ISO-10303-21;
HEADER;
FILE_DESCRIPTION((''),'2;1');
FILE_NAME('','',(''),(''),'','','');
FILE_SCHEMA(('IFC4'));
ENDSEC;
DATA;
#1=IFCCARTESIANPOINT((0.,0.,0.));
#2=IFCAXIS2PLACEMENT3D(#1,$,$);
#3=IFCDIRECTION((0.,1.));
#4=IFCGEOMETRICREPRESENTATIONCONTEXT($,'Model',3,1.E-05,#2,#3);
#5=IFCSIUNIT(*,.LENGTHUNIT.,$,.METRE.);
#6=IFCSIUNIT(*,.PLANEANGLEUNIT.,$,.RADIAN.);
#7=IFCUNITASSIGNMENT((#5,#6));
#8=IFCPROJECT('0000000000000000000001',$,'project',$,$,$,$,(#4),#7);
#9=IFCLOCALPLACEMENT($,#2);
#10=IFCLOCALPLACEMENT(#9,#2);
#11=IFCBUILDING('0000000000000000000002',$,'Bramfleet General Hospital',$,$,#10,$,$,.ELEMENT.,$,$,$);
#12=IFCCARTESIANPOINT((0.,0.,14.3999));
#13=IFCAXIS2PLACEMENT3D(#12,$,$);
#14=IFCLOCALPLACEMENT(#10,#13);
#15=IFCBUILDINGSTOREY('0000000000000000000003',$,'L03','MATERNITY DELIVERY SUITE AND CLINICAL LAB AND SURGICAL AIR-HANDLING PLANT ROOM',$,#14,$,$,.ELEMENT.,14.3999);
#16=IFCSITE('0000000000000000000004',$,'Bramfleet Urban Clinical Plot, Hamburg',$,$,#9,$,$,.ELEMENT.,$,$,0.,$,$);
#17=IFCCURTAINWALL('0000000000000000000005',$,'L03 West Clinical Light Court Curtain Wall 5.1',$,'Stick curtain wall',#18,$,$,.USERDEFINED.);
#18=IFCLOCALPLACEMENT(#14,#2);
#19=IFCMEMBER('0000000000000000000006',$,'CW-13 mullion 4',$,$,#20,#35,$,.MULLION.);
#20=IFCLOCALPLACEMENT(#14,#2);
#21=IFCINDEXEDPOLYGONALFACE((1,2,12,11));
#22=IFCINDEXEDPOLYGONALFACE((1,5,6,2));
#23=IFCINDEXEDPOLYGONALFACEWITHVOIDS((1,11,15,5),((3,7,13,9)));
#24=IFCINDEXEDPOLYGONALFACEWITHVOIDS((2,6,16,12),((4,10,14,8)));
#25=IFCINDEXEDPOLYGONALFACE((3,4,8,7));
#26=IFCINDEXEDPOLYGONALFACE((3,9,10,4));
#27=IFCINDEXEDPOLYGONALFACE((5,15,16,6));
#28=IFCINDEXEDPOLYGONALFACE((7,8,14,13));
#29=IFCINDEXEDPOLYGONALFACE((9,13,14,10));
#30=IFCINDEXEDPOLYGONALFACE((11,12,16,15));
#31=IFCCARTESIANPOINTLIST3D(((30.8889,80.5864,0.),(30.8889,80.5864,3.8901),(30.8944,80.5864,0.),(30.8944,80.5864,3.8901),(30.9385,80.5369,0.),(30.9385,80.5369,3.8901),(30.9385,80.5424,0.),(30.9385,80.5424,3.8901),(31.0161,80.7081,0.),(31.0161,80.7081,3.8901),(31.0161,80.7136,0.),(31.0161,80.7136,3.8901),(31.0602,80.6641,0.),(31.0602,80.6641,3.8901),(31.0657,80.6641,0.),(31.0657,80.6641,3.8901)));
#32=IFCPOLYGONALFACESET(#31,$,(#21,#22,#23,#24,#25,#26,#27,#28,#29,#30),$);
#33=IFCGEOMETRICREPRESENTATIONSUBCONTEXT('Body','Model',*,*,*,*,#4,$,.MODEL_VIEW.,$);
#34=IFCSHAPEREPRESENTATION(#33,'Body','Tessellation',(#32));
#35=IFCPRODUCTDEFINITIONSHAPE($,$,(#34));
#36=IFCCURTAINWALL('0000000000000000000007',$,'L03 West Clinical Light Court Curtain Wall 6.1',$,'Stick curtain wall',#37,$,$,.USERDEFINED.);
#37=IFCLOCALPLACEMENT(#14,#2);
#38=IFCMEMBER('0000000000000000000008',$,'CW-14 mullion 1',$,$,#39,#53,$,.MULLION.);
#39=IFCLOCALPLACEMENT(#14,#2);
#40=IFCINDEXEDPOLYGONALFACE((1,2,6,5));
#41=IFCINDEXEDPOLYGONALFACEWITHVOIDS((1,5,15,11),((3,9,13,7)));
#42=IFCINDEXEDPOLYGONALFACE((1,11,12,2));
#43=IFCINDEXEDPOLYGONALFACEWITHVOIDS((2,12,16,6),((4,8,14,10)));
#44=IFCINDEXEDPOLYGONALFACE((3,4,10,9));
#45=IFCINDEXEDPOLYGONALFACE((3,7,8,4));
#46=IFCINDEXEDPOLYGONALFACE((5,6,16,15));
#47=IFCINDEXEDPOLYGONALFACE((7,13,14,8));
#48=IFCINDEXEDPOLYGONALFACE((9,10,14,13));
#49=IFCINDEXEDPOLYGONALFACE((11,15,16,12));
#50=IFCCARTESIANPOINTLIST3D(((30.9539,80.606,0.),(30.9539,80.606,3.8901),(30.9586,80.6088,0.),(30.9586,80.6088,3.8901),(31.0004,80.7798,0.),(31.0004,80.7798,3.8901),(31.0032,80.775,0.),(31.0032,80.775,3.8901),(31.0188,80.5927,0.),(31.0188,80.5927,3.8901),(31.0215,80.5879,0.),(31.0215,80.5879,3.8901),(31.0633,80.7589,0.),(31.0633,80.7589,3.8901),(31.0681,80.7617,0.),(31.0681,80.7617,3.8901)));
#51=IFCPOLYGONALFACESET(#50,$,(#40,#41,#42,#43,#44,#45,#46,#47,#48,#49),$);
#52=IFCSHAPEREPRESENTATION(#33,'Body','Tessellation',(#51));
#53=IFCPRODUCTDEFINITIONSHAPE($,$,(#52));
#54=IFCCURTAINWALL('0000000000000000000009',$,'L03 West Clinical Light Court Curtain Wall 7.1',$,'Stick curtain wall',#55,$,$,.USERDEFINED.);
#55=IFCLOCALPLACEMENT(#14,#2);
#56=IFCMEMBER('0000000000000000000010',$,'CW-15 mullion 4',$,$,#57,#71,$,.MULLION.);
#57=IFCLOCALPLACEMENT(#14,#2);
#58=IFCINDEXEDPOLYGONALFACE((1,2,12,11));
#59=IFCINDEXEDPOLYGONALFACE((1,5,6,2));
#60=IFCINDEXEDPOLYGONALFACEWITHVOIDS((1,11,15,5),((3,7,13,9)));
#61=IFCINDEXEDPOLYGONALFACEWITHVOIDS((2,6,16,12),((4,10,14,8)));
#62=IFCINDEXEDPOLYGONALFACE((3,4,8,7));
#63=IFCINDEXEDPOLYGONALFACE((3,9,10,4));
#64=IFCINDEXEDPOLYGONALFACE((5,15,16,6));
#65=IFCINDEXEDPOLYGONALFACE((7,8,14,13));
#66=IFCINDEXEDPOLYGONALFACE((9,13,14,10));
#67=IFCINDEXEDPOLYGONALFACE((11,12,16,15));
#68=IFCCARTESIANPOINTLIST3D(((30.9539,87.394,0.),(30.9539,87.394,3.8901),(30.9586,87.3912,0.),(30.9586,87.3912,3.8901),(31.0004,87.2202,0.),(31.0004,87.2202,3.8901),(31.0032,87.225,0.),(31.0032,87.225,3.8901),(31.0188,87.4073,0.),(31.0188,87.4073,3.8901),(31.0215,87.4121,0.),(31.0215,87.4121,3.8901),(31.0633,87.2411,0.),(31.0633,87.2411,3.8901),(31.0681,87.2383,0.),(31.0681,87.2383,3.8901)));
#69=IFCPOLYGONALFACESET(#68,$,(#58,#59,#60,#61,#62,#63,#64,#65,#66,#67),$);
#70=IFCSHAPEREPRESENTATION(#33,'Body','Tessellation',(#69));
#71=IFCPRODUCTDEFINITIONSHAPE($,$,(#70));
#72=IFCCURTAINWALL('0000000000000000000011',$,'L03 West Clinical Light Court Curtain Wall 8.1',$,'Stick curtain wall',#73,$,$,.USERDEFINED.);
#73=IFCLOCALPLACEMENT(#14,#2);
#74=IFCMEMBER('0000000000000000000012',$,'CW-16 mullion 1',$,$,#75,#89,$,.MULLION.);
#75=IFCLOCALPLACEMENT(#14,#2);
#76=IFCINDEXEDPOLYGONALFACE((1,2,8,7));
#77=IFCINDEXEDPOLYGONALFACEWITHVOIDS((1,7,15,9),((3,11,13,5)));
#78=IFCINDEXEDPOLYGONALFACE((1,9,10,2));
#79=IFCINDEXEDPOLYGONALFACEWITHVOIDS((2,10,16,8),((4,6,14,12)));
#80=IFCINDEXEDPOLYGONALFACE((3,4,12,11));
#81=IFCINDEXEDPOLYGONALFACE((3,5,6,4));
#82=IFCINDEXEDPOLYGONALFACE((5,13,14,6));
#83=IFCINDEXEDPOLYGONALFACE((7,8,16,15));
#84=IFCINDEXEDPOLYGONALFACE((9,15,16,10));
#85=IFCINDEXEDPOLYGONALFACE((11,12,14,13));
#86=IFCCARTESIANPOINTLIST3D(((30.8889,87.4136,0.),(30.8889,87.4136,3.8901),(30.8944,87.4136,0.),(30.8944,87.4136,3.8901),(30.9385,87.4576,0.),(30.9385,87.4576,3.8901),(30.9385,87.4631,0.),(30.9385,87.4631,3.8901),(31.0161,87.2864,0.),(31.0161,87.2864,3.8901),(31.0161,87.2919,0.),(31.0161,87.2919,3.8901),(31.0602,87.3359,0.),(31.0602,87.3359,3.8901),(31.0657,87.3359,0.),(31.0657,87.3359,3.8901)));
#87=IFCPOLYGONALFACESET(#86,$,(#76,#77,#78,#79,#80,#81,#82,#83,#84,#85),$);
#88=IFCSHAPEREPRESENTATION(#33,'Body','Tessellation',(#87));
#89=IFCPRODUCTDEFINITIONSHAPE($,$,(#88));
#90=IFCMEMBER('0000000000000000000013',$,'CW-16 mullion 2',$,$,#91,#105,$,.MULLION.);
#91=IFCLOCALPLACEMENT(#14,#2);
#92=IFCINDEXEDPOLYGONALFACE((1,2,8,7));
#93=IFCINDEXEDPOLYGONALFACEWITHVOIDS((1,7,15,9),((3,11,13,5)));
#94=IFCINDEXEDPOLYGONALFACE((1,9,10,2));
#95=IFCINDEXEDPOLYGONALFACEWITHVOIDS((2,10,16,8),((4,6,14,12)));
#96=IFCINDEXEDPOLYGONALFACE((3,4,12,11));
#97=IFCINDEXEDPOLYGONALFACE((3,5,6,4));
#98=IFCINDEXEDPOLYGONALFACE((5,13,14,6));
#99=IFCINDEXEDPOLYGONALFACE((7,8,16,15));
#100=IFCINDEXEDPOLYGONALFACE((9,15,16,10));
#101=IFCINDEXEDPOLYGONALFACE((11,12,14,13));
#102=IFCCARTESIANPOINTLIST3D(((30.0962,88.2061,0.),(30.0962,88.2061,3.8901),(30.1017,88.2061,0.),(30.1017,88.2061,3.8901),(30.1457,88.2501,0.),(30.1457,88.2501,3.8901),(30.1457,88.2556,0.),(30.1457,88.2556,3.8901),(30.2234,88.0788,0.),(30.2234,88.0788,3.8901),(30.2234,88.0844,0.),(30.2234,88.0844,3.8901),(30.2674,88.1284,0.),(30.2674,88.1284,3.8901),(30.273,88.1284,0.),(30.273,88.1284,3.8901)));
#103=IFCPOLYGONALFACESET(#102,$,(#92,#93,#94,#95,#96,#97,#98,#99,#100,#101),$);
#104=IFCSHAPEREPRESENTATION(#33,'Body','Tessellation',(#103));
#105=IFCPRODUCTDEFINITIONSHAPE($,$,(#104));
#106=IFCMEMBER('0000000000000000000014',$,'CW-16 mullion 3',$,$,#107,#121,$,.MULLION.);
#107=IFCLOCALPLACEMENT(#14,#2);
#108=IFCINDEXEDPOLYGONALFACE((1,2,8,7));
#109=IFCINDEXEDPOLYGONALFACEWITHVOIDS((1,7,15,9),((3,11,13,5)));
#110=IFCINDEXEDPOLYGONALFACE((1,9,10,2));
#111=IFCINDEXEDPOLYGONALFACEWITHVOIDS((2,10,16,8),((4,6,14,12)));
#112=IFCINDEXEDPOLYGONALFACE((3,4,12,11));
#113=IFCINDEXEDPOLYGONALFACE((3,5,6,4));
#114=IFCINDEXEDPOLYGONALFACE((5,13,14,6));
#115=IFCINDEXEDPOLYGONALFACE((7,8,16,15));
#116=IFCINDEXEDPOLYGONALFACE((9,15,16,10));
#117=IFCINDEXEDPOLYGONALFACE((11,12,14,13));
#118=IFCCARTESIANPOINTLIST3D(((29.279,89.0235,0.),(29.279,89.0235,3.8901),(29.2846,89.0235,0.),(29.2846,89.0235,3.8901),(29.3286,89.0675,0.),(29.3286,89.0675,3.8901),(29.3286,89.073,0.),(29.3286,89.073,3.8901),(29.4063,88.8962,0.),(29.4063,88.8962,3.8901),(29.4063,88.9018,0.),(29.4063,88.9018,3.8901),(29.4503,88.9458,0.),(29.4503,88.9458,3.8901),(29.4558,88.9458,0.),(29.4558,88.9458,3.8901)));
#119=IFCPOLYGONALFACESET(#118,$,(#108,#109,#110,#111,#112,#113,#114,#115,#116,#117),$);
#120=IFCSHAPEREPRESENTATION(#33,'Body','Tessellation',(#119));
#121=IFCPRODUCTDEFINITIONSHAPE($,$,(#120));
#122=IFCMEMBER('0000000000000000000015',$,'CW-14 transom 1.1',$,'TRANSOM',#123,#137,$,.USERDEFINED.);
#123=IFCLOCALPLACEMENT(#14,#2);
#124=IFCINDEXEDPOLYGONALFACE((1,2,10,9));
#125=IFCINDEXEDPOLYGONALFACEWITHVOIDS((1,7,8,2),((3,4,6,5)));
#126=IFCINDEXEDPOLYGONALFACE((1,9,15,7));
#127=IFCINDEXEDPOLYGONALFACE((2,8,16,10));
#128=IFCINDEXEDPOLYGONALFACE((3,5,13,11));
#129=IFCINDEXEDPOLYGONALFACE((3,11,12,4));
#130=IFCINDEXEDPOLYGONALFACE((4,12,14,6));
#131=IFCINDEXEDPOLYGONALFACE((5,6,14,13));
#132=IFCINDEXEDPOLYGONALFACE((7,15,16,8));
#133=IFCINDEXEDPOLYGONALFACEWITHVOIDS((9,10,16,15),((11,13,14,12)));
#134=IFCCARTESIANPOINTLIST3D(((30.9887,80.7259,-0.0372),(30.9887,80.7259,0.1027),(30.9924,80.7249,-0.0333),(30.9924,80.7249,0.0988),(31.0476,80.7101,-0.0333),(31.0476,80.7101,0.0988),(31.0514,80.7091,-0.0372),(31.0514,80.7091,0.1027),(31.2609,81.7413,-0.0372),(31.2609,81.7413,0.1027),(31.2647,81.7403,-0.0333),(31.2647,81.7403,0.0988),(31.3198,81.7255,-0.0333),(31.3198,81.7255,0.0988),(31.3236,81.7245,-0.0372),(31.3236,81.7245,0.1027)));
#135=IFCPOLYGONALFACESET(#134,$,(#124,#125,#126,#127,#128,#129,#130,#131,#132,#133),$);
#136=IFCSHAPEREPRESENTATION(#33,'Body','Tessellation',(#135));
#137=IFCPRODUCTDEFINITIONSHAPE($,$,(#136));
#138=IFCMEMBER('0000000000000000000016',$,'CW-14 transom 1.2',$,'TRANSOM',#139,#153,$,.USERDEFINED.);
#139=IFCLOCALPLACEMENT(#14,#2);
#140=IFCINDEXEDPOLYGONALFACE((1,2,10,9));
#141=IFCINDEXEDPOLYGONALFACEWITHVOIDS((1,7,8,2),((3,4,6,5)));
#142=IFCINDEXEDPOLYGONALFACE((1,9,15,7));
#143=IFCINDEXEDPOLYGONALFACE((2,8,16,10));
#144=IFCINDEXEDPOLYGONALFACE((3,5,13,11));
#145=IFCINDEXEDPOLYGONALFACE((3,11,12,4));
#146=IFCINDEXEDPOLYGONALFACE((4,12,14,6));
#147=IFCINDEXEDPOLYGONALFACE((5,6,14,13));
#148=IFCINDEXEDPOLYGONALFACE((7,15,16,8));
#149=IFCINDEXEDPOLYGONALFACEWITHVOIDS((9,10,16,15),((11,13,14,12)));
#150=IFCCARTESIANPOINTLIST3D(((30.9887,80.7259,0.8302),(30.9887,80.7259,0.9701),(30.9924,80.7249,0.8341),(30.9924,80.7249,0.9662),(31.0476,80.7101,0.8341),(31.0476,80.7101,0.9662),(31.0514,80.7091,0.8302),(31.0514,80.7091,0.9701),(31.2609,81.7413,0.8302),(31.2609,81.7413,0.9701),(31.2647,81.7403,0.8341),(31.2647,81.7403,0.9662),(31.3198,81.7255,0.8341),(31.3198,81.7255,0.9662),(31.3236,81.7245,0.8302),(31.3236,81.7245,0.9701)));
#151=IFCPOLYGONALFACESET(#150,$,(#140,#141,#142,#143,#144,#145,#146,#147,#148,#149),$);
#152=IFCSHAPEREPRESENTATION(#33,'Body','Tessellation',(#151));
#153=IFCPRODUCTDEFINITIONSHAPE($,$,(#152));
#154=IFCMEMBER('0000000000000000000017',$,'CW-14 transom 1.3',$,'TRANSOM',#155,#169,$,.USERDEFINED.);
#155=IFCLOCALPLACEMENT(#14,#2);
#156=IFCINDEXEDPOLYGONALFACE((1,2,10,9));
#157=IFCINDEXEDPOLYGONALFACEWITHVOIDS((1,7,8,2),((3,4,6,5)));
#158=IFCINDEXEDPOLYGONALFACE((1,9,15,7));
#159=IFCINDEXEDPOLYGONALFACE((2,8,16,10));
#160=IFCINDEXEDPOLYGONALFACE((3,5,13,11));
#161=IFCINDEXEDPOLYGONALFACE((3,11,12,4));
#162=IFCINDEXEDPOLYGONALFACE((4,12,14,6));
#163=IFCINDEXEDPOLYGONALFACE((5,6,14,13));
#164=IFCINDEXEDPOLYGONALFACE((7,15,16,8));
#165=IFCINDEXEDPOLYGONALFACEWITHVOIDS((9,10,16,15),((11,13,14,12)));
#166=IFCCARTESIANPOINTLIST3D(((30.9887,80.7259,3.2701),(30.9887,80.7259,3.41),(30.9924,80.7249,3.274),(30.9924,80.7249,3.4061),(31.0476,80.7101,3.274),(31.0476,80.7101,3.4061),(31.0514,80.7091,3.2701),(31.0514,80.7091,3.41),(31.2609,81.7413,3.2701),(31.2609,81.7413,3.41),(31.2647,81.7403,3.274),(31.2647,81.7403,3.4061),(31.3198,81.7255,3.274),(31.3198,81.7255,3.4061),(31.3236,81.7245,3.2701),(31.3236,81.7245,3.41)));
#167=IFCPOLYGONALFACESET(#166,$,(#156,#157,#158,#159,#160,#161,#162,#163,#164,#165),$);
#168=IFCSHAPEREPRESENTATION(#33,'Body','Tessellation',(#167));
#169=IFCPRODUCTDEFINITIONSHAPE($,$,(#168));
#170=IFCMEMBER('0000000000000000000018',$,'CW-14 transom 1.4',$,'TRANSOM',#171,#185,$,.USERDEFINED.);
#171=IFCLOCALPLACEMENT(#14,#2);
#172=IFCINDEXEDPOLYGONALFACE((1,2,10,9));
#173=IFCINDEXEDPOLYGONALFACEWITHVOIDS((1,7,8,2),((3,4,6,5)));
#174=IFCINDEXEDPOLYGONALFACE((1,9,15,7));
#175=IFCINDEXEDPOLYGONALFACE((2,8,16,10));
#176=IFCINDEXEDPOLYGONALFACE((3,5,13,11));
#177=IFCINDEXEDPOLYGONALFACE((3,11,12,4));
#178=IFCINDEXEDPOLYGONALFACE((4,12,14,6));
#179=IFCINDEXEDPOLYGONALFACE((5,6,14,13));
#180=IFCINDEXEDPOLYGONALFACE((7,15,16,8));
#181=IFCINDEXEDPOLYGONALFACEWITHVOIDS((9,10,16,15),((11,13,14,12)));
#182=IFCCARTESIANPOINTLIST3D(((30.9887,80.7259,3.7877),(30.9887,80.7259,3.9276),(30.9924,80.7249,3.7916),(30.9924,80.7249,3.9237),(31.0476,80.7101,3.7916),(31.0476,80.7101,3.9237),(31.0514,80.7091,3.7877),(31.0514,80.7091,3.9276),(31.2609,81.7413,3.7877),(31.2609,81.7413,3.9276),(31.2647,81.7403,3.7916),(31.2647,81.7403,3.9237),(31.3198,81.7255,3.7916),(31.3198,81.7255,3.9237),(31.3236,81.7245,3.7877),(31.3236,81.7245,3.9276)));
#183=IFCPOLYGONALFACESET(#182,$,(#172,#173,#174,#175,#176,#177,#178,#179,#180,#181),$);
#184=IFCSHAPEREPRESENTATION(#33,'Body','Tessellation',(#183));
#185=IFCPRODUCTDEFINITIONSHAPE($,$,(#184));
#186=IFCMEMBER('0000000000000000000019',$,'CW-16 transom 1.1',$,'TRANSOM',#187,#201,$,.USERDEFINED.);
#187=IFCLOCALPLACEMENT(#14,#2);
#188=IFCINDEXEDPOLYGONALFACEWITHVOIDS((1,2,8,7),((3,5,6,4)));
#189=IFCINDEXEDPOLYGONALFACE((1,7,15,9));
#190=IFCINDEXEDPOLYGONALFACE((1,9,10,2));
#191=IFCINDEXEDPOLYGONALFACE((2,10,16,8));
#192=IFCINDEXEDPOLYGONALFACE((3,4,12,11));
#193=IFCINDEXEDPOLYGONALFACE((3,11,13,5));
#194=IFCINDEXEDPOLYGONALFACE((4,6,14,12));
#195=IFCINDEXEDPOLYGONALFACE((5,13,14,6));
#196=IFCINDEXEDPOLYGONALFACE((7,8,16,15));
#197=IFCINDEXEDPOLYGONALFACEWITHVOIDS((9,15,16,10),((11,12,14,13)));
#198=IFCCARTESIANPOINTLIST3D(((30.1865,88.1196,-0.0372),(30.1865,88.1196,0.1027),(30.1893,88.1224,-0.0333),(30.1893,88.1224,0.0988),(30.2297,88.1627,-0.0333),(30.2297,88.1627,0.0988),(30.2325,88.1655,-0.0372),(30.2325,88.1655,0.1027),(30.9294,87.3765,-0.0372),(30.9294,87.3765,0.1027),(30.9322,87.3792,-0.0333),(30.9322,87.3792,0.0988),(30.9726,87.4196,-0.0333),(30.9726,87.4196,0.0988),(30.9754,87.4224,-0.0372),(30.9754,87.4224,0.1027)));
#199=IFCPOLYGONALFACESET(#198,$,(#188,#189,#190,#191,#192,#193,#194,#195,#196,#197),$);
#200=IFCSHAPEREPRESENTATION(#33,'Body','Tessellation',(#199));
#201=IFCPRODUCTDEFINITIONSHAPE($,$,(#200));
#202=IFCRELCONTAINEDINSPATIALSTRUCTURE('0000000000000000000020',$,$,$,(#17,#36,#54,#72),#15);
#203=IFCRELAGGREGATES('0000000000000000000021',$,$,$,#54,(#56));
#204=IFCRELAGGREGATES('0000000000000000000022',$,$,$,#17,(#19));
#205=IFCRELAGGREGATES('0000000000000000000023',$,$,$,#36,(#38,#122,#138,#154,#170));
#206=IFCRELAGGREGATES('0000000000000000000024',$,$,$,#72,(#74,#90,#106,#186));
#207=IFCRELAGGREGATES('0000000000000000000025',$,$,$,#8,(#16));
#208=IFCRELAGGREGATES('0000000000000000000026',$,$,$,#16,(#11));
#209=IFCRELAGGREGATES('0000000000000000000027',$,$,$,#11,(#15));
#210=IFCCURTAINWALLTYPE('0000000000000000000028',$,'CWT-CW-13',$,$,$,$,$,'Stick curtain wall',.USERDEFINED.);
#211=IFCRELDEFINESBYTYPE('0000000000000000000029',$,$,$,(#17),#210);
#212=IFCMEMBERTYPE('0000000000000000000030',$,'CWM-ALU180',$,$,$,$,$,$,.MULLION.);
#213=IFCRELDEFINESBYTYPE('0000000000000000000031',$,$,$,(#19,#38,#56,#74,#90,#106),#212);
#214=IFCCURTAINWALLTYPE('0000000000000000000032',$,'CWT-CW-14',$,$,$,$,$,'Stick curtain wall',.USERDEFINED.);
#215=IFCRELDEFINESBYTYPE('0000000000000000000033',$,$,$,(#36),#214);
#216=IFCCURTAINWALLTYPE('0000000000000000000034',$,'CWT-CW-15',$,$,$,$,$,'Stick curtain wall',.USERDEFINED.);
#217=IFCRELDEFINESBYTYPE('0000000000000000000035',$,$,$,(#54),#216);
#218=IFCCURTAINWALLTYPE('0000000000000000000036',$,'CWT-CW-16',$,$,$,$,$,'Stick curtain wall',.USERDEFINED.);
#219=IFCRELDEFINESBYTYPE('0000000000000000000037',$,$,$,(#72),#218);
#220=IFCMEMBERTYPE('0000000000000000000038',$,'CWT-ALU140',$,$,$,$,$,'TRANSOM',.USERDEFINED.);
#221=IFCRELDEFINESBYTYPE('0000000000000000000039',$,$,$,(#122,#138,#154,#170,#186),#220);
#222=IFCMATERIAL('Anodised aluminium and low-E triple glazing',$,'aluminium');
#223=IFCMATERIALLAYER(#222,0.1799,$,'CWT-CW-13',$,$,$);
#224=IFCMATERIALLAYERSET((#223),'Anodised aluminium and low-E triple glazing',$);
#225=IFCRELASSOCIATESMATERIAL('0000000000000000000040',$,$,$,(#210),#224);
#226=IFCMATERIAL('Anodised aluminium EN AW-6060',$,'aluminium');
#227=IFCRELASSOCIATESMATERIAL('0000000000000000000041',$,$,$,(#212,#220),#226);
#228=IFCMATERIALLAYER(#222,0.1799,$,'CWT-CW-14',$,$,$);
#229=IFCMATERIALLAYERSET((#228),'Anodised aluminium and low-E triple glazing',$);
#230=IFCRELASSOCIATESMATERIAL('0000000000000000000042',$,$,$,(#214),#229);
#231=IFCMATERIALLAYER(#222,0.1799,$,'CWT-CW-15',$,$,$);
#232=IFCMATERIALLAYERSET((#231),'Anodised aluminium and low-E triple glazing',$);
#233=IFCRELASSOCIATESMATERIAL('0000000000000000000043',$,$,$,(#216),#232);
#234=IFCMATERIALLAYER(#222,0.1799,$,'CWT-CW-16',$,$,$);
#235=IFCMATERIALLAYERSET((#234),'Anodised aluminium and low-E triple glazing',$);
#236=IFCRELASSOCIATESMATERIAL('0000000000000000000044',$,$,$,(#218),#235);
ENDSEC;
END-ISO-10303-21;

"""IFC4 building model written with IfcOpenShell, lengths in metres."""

from ifc_helpers import new_model, si_unit, direction, frame, origin, origin_2d, place, context, subcontext, project, spatial, hollow_rectangle, extrude, material, layer, layer_set, material_profile, profile_set, type_object, element, aggregate, save


model = new_model("IFC4")

# Units and contexts
model_context = context("Model", 3, precision=1e-05, world=origin(), true_north=direction((0.0, 1.0)))
body_context = subcontext(model_context, "Body", "Model", "MODEL_VIEW")
ifc_project = project(units=[si_unit("LENGTHUNIT", "METRE"), si_unit("PLANEANGLEUNIT", "RADIAN")], contexts=[model_context])

# Site, building, storey
site_placement = place(None, origin())
site = spatial("IfcSite", under=ifc_project, at=site_placement, Name="Bramfleet Urban Clinical Plot, Hamburg", CompositionType="ELEMENT", RefElevation=0.0)
building_placement = place(site_placement, origin())
building = spatial("IfcBuilding", under=site, at=building_placement, Name="Bramfleet General Hospital", CompositionType="ELEMENT")
storey_placement = place(building_placement, frame((0.0, 0.0, 14.3999)))
storey = spatial("IfcBuildingStorey", under=building, at=storey_placement, Name="L03", Description="MATERNITY DELIVERY SUITE AND CLINICAL LAB AND SURGICAL AIR-HANDLING PLANT ROOM", CompositionType="ELEMENT", Elevation=14.3999)

# Curtain walls, members
ifc_material_1 = material(Name="Anodised aluminium and low-E triple glazing", Category="aluminium")
ifc_layer_1 = layer(ifc_material_1, 0.1799, Name="CWT-CW-13")
ifc_layer_set_1 = layer_set([ifc_layer_1], Name="Anodised aluminium and low-E triple glazing")
curtain_wall_type_1 = type_object("IfcCurtainWallType", Name="CWT-CW-13", ElementType="Stick curtain wall", PredefinedType="USERDEFINED", material=ifc_layer_set_1)
curtain_wall_1_placement = place(storey_placement, origin())
curtain_wall_1 = element("IfcCurtainWall", 1, at=curtain_wall_1_placement, inside=storey, type_object=curtain_wall_type_1, Name="L03 West Clinical Light Court Curtain Wall 5.1", ObjectType="Stick curtain wall", PredefinedType="USERDEFINED")
ifc_material_2 = material(Name="Anodised aluminium EN AW-6060", Category="aluminium")
ifc_material_profile_1 = material_profile(ifc_material_2, hollow_rectangle(XDim=0.0701, YDim=0.1799, WallThickness=0.0039, at=origin_2d()), Name="ALU 180x70x4.0")
ifc_profile_set_1 = profile_set([ifc_material_profile_1], Name="Anodised aluminium EN AW-6060")
member_type_1 = type_object("IfcMemberType", Name="CWM-ALU180", PredefinedType="MULLION", material=ifc_profile_set_1)
member_1_placement = place(storey_placement, frame((30.9773, 80.6252, 0.0), z_axis=(0.0, 0.0, 1.0), x_axis=(-0.707107, 0.707107, 0.0)))
member_1 = element("IfcMember", 2, at=member_1_placement, type_object=member_type_1, Name="CW-13 mullion 4", PredefinedType="MULLION", context=body_context, shape_type="SweptSolid", body=[
    extrude(hollow_rectangle(XDim=0.0701, YDim=0.1799, WallThickness=0.0039, at=origin_2d()), origin(), (0.0, 0.0, 1.0), 3.8901),
])
ifc_layer_2 = layer(ifc_material_1, 0.1799, Name="CWT-CW-14")
ifc_layer_set_2 = layer_set([ifc_layer_2], Name="Anodised aluminium and low-E triple glazing")
curtain_wall_type_2 = type_object("IfcCurtainWallType", Name="CWT-CW-14", ElementType="Stick curtain wall", PredefinedType="USERDEFINED", material=ifc_layer_set_2)
curtain_wall_2_placement = place(storey_placement, origin())
curtain_wall_2 = element("IfcCurtainWall", 3, at=curtain_wall_2_placement, inside=storey, type_object=curtain_wall_type_2, Name="L03 West Clinical Light Court Curtain Wall 6.1", ObjectType="Stick curtain wall", PredefinedType="USERDEFINED")
member_2_placement = place(storey_placement, frame((31.011, 80.6838, 0.0), z_axis=(0.0, 0.0, 1.0), x_axis=(-0.965899, 0.258919, 0.0)))
member_2 = element("IfcMember", 4, at=member_2_placement, type_object=member_type_1, Name="CW-14 mullion 1", PredefinedType="MULLION", context=body_context, shape_type="SweptSolid", body=[
    extrude(hollow_rectangle(XDim=0.0701, YDim=0.1799, WallThickness=0.0039, at=origin_2d()), origin(), (0.0, 0.0, 1.0), 3.8901),
])
ifc_layer_3 = layer(ifc_material_1, 0.1799, Name="CWT-CW-15")
ifc_layer_set_3 = layer_set([ifc_layer_3], Name="Anodised aluminium and low-E triple glazing")
curtain_wall_type_3 = type_object("IfcCurtainWallType", Name="CWT-CW-15", ElementType="Stick curtain wall", PredefinedType="USERDEFINED", material=ifc_layer_set_3)
curtain_wall_3_placement = place(storey_placement, origin())
curtain_wall_3 = element("IfcCurtainWall", 5, at=curtain_wall_3_placement, inside=storey, type_object=curtain_wall_type_3, Name="L03 West Clinical Light Court Curtain Wall 7.1", ObjectType="Stick curtain wall", PredefinedType="USERDEFINED")
member_3_placement = place(storey_placement, frame((31.011, 87.3162, 0.0), z_axis=(0.0, 0.0, 1.0), x_axis=(-0.965899, -0.258919, 0.0)))
member_3 = element("IfcMember", 6, at=member_3_placement, type_object=member_type_1, Name="CW-15 mullion 4", PredefinedType="MULLION", context=body_context, shape_type="SweptSolid", body=[
    extrude(hollow_rectangle(XDim=0.0701, YDim=0.1799, WallThickness=0.0039, at=origin_2d()), origin(), (0.0, 0.0, 1.0), 3.8901),
])
aggregate(curtain_wall_3, [member_3])

# Curtain wall, members
ifc_layer_4 = layer(ifc_material_1, 0.1799, Name="CWT-CW-16")
ifc_layer_set_4 = layer_set([ifc_layer_4], Name="Anodised aluminium and low-E triple glazing")
curtain_wall_type_4 = type_object("IfcCurtainWallType", Name="CWT-CW-16", ElementType="Stick curtain wall", PredefinedType="USERDEFINED", material=ifc_layer_set_4)
curtain_wall_4_placement = place(storey_placement, origin())
curtain_wall_4 = element("IfcCurtainWall", 7, at=curtain_wall_4_placement, inside=storey, type_object=curtain_wall_type_4, Name="L03 West Clinical Light Court Curtain Wall 8.1", ObjectType="Stick curtain wall", PredefinedType="USERDEFINED")
member_4_placement = place(storey_placement, frame((30.9773, 87.3748, 0.0), z_axis=(0.0, 0.0, 1.0), x_axis=(-0.707107, -0.707107, 0.0)))
member_4 = element("IfcMember", 8, at=member_4_placement, type_object=member_type_1, Name="CW-16 mullion 1", PredefinedType="MULLION", context=body_context, shape_type="SweptSolid", body=[
    extrude(hollow_rectangle(XDim=0.0701, YDim=0.1799, WallThickness=0.0039, at=origin_2d()), origin(), (0.0, 0.0, 1.0), 3.8901),
])
member_5_placement = place(storey_placement, frame((30.1846, 88.1672, 0.0), z_axis=(0.0, 0.0, 1.0), x_axis=(-0.707107, -0.707107, 0.0)))
member_5 = element("IfcMember", 9, at=member_5_placement, type_object=member_type_1, Name="CW-16 mullion 2", PredefinedType="MULLION", context=body_context, shape_type="SweptSolid", body=[
    extrude(hollow_rectangle(XDim=0.0701, YDim=0.1799, WallThickness=0.0039, at=origin_2d()), origin(), (0.0, 0.0, 1.0), 3.8901),
])
member_6_placement = place(storey_placement, frame((29.3674, 88.9846, 0.0), z_axis=(0.0, 0.0, 1.0), x_axis=(-0.707107, -0.707107, 0.0)))
member_6 = element("IfcMember", 10, at=member_6_placement, type_object=member_type_1, Name="CW-16 mullion 3", PredefinedType="MULLION", context=body_context, shape_type="SweptSolid", body=[
    extrude(hollow_rectangle(XDim=0.0701, YDim=0.1799, WallThickness=0.0039, at=origin_2d()), origin(), (0.0, 0.0, 1.0), 3.8901),
])

# Members
ifc_material_profile_2 = material_profile(ifc_material_2, hollow_rectangle(XDim=0.0649, YDim=0.1399, WallThickness=0.0039, at=origin_2d()), Name="ALU 140x65x4.0")
ifc_profile_set_2 = profile_set([ifc_material_profile_2], Name="Anodised aluminium EN AW-6060")
member_type_2 = type_object("IfcMemberType", Name="CWT-ALU140", ElementType="TRANSOM", PredefinedType="USERDEFINED", material=ifc_profile_set_2)
member_7_placement = place(storey_placement, frame((31.02, 80.7175, 0.0327), z_axis=(0.258949, 0.965891, 0.0), x_axis=(-0.965891, 0.258949, 0.0)))
member_7 = element("IfcMember", 11, at=member_7_placement, type_object=member_type_2, Name="CW-14 transom 1.1", ObjectType="TRANSOM", PredefinedType="USERDEFINED", context=body_context, shape_type="SweptSolid", body=[
    extrude(hollow_rectangle(XDim=0.0649, YDim=0.1399, WallThickness=0.0039, at=origin_2d()), origin(), (0.0, 0.0, 1.0), 1.0513),
])
member_8_placement = place(storey_placement, frame((31.02, 80.7175, 0.9001), z_axis=(0.258949, 0.965891, 0.0), x_axis=(-0.965891, 0.258949, 0.0)))
member_8 = element("IfcMember", 12, at=member_8_placement, type_object=member_type_2, Name="CW-14 transom 1.2", ObjectType="TRANSOM", PredefinedType="USERDEFINED", context=body_context, shape_type="SweptSolid", body=[
    extrude(hollow_rectangle(XDim=0.0649, YDim=0.1399, WallThickness=0.0039, at=origin_2d()), origin(), (0.0, 0.0, 1.0), 1.0513),
])
member_9_placement = place(storey_placement, frame((31.02, 80.7175, 3.3401), z_axis=(0.258949, 0.965891, 0.0), x_axis=(-0.965891, 0.258949, 0.0)))
member_9 = element("IfcMember", 13, at=member_9_placement, type_object=member_type_2, Name="CW-14 transom 1.3", ObjectType="TRANSOM", PredefinedType="USERDEFINED", context=body_context, shape_type="SweptSolid", body=[
    extrude(hollow_rectangle(XDim=0.0649, YDim=0.1399, WallThickness=0.0039, at=origin_2d()), origin(), (0.0, 0.0, 1.0), 1.0513),
])
member_10_placement = place(storey_placement, frame((31.02, 80.7175, 3.8577), z_axis=(0.258949, 0.965891, 0.0), x_axis=(-0.965891, 0.258949, 0.0)))
member_10 = element("IfcMember", 14, at=member_10_placement, type_object=member_type_2, Name="CW-14 transom 1.4", ObjectType="TRANSOM", PredefinedType="USERDEFINED", context=body_context, shape_type="SweptSolid", body=[
    extrude(hollow_rectangle(XDim=0.0649, YDim=0.1399, WallThickness=0.0039, at=origin_2d()), origin(), (0.0, 0.0, 1.0), 1.0513),
])
member_11_placement = place(storey_placement, frame((30.9524, 87.3994, 0.0327), z_axis=(-0.706991, 0.707223, 0.0), x_axis=(-0.707223, -0.706991, 0.0)))
member_11 = element("IfcMember", 15, at=member_11_placement, type_object=member_type_2, Name="CW-16 transom 1.1", ObjectType="TRANSOM", PredefinedType="USERDEFINED", context=body_context, shape_type="SweptSolid", body=[
    extrude(hollow_rectangle(XDim=0.0649, YDim=0.1399, WallThickness=0.0039, at=origin_2d()), origin(), (0.0, 0.0, 1.0), 1.0508),
])

aggregate(curtain_wall_1, [member_1])
aggregate(curtain_wall_2, [member_2, member_7, member_8, member_9, member_10])
aggregate(curtain_wall_4, [member_4, member_5, member_6, member_11])

save(model, "model.ifc")
